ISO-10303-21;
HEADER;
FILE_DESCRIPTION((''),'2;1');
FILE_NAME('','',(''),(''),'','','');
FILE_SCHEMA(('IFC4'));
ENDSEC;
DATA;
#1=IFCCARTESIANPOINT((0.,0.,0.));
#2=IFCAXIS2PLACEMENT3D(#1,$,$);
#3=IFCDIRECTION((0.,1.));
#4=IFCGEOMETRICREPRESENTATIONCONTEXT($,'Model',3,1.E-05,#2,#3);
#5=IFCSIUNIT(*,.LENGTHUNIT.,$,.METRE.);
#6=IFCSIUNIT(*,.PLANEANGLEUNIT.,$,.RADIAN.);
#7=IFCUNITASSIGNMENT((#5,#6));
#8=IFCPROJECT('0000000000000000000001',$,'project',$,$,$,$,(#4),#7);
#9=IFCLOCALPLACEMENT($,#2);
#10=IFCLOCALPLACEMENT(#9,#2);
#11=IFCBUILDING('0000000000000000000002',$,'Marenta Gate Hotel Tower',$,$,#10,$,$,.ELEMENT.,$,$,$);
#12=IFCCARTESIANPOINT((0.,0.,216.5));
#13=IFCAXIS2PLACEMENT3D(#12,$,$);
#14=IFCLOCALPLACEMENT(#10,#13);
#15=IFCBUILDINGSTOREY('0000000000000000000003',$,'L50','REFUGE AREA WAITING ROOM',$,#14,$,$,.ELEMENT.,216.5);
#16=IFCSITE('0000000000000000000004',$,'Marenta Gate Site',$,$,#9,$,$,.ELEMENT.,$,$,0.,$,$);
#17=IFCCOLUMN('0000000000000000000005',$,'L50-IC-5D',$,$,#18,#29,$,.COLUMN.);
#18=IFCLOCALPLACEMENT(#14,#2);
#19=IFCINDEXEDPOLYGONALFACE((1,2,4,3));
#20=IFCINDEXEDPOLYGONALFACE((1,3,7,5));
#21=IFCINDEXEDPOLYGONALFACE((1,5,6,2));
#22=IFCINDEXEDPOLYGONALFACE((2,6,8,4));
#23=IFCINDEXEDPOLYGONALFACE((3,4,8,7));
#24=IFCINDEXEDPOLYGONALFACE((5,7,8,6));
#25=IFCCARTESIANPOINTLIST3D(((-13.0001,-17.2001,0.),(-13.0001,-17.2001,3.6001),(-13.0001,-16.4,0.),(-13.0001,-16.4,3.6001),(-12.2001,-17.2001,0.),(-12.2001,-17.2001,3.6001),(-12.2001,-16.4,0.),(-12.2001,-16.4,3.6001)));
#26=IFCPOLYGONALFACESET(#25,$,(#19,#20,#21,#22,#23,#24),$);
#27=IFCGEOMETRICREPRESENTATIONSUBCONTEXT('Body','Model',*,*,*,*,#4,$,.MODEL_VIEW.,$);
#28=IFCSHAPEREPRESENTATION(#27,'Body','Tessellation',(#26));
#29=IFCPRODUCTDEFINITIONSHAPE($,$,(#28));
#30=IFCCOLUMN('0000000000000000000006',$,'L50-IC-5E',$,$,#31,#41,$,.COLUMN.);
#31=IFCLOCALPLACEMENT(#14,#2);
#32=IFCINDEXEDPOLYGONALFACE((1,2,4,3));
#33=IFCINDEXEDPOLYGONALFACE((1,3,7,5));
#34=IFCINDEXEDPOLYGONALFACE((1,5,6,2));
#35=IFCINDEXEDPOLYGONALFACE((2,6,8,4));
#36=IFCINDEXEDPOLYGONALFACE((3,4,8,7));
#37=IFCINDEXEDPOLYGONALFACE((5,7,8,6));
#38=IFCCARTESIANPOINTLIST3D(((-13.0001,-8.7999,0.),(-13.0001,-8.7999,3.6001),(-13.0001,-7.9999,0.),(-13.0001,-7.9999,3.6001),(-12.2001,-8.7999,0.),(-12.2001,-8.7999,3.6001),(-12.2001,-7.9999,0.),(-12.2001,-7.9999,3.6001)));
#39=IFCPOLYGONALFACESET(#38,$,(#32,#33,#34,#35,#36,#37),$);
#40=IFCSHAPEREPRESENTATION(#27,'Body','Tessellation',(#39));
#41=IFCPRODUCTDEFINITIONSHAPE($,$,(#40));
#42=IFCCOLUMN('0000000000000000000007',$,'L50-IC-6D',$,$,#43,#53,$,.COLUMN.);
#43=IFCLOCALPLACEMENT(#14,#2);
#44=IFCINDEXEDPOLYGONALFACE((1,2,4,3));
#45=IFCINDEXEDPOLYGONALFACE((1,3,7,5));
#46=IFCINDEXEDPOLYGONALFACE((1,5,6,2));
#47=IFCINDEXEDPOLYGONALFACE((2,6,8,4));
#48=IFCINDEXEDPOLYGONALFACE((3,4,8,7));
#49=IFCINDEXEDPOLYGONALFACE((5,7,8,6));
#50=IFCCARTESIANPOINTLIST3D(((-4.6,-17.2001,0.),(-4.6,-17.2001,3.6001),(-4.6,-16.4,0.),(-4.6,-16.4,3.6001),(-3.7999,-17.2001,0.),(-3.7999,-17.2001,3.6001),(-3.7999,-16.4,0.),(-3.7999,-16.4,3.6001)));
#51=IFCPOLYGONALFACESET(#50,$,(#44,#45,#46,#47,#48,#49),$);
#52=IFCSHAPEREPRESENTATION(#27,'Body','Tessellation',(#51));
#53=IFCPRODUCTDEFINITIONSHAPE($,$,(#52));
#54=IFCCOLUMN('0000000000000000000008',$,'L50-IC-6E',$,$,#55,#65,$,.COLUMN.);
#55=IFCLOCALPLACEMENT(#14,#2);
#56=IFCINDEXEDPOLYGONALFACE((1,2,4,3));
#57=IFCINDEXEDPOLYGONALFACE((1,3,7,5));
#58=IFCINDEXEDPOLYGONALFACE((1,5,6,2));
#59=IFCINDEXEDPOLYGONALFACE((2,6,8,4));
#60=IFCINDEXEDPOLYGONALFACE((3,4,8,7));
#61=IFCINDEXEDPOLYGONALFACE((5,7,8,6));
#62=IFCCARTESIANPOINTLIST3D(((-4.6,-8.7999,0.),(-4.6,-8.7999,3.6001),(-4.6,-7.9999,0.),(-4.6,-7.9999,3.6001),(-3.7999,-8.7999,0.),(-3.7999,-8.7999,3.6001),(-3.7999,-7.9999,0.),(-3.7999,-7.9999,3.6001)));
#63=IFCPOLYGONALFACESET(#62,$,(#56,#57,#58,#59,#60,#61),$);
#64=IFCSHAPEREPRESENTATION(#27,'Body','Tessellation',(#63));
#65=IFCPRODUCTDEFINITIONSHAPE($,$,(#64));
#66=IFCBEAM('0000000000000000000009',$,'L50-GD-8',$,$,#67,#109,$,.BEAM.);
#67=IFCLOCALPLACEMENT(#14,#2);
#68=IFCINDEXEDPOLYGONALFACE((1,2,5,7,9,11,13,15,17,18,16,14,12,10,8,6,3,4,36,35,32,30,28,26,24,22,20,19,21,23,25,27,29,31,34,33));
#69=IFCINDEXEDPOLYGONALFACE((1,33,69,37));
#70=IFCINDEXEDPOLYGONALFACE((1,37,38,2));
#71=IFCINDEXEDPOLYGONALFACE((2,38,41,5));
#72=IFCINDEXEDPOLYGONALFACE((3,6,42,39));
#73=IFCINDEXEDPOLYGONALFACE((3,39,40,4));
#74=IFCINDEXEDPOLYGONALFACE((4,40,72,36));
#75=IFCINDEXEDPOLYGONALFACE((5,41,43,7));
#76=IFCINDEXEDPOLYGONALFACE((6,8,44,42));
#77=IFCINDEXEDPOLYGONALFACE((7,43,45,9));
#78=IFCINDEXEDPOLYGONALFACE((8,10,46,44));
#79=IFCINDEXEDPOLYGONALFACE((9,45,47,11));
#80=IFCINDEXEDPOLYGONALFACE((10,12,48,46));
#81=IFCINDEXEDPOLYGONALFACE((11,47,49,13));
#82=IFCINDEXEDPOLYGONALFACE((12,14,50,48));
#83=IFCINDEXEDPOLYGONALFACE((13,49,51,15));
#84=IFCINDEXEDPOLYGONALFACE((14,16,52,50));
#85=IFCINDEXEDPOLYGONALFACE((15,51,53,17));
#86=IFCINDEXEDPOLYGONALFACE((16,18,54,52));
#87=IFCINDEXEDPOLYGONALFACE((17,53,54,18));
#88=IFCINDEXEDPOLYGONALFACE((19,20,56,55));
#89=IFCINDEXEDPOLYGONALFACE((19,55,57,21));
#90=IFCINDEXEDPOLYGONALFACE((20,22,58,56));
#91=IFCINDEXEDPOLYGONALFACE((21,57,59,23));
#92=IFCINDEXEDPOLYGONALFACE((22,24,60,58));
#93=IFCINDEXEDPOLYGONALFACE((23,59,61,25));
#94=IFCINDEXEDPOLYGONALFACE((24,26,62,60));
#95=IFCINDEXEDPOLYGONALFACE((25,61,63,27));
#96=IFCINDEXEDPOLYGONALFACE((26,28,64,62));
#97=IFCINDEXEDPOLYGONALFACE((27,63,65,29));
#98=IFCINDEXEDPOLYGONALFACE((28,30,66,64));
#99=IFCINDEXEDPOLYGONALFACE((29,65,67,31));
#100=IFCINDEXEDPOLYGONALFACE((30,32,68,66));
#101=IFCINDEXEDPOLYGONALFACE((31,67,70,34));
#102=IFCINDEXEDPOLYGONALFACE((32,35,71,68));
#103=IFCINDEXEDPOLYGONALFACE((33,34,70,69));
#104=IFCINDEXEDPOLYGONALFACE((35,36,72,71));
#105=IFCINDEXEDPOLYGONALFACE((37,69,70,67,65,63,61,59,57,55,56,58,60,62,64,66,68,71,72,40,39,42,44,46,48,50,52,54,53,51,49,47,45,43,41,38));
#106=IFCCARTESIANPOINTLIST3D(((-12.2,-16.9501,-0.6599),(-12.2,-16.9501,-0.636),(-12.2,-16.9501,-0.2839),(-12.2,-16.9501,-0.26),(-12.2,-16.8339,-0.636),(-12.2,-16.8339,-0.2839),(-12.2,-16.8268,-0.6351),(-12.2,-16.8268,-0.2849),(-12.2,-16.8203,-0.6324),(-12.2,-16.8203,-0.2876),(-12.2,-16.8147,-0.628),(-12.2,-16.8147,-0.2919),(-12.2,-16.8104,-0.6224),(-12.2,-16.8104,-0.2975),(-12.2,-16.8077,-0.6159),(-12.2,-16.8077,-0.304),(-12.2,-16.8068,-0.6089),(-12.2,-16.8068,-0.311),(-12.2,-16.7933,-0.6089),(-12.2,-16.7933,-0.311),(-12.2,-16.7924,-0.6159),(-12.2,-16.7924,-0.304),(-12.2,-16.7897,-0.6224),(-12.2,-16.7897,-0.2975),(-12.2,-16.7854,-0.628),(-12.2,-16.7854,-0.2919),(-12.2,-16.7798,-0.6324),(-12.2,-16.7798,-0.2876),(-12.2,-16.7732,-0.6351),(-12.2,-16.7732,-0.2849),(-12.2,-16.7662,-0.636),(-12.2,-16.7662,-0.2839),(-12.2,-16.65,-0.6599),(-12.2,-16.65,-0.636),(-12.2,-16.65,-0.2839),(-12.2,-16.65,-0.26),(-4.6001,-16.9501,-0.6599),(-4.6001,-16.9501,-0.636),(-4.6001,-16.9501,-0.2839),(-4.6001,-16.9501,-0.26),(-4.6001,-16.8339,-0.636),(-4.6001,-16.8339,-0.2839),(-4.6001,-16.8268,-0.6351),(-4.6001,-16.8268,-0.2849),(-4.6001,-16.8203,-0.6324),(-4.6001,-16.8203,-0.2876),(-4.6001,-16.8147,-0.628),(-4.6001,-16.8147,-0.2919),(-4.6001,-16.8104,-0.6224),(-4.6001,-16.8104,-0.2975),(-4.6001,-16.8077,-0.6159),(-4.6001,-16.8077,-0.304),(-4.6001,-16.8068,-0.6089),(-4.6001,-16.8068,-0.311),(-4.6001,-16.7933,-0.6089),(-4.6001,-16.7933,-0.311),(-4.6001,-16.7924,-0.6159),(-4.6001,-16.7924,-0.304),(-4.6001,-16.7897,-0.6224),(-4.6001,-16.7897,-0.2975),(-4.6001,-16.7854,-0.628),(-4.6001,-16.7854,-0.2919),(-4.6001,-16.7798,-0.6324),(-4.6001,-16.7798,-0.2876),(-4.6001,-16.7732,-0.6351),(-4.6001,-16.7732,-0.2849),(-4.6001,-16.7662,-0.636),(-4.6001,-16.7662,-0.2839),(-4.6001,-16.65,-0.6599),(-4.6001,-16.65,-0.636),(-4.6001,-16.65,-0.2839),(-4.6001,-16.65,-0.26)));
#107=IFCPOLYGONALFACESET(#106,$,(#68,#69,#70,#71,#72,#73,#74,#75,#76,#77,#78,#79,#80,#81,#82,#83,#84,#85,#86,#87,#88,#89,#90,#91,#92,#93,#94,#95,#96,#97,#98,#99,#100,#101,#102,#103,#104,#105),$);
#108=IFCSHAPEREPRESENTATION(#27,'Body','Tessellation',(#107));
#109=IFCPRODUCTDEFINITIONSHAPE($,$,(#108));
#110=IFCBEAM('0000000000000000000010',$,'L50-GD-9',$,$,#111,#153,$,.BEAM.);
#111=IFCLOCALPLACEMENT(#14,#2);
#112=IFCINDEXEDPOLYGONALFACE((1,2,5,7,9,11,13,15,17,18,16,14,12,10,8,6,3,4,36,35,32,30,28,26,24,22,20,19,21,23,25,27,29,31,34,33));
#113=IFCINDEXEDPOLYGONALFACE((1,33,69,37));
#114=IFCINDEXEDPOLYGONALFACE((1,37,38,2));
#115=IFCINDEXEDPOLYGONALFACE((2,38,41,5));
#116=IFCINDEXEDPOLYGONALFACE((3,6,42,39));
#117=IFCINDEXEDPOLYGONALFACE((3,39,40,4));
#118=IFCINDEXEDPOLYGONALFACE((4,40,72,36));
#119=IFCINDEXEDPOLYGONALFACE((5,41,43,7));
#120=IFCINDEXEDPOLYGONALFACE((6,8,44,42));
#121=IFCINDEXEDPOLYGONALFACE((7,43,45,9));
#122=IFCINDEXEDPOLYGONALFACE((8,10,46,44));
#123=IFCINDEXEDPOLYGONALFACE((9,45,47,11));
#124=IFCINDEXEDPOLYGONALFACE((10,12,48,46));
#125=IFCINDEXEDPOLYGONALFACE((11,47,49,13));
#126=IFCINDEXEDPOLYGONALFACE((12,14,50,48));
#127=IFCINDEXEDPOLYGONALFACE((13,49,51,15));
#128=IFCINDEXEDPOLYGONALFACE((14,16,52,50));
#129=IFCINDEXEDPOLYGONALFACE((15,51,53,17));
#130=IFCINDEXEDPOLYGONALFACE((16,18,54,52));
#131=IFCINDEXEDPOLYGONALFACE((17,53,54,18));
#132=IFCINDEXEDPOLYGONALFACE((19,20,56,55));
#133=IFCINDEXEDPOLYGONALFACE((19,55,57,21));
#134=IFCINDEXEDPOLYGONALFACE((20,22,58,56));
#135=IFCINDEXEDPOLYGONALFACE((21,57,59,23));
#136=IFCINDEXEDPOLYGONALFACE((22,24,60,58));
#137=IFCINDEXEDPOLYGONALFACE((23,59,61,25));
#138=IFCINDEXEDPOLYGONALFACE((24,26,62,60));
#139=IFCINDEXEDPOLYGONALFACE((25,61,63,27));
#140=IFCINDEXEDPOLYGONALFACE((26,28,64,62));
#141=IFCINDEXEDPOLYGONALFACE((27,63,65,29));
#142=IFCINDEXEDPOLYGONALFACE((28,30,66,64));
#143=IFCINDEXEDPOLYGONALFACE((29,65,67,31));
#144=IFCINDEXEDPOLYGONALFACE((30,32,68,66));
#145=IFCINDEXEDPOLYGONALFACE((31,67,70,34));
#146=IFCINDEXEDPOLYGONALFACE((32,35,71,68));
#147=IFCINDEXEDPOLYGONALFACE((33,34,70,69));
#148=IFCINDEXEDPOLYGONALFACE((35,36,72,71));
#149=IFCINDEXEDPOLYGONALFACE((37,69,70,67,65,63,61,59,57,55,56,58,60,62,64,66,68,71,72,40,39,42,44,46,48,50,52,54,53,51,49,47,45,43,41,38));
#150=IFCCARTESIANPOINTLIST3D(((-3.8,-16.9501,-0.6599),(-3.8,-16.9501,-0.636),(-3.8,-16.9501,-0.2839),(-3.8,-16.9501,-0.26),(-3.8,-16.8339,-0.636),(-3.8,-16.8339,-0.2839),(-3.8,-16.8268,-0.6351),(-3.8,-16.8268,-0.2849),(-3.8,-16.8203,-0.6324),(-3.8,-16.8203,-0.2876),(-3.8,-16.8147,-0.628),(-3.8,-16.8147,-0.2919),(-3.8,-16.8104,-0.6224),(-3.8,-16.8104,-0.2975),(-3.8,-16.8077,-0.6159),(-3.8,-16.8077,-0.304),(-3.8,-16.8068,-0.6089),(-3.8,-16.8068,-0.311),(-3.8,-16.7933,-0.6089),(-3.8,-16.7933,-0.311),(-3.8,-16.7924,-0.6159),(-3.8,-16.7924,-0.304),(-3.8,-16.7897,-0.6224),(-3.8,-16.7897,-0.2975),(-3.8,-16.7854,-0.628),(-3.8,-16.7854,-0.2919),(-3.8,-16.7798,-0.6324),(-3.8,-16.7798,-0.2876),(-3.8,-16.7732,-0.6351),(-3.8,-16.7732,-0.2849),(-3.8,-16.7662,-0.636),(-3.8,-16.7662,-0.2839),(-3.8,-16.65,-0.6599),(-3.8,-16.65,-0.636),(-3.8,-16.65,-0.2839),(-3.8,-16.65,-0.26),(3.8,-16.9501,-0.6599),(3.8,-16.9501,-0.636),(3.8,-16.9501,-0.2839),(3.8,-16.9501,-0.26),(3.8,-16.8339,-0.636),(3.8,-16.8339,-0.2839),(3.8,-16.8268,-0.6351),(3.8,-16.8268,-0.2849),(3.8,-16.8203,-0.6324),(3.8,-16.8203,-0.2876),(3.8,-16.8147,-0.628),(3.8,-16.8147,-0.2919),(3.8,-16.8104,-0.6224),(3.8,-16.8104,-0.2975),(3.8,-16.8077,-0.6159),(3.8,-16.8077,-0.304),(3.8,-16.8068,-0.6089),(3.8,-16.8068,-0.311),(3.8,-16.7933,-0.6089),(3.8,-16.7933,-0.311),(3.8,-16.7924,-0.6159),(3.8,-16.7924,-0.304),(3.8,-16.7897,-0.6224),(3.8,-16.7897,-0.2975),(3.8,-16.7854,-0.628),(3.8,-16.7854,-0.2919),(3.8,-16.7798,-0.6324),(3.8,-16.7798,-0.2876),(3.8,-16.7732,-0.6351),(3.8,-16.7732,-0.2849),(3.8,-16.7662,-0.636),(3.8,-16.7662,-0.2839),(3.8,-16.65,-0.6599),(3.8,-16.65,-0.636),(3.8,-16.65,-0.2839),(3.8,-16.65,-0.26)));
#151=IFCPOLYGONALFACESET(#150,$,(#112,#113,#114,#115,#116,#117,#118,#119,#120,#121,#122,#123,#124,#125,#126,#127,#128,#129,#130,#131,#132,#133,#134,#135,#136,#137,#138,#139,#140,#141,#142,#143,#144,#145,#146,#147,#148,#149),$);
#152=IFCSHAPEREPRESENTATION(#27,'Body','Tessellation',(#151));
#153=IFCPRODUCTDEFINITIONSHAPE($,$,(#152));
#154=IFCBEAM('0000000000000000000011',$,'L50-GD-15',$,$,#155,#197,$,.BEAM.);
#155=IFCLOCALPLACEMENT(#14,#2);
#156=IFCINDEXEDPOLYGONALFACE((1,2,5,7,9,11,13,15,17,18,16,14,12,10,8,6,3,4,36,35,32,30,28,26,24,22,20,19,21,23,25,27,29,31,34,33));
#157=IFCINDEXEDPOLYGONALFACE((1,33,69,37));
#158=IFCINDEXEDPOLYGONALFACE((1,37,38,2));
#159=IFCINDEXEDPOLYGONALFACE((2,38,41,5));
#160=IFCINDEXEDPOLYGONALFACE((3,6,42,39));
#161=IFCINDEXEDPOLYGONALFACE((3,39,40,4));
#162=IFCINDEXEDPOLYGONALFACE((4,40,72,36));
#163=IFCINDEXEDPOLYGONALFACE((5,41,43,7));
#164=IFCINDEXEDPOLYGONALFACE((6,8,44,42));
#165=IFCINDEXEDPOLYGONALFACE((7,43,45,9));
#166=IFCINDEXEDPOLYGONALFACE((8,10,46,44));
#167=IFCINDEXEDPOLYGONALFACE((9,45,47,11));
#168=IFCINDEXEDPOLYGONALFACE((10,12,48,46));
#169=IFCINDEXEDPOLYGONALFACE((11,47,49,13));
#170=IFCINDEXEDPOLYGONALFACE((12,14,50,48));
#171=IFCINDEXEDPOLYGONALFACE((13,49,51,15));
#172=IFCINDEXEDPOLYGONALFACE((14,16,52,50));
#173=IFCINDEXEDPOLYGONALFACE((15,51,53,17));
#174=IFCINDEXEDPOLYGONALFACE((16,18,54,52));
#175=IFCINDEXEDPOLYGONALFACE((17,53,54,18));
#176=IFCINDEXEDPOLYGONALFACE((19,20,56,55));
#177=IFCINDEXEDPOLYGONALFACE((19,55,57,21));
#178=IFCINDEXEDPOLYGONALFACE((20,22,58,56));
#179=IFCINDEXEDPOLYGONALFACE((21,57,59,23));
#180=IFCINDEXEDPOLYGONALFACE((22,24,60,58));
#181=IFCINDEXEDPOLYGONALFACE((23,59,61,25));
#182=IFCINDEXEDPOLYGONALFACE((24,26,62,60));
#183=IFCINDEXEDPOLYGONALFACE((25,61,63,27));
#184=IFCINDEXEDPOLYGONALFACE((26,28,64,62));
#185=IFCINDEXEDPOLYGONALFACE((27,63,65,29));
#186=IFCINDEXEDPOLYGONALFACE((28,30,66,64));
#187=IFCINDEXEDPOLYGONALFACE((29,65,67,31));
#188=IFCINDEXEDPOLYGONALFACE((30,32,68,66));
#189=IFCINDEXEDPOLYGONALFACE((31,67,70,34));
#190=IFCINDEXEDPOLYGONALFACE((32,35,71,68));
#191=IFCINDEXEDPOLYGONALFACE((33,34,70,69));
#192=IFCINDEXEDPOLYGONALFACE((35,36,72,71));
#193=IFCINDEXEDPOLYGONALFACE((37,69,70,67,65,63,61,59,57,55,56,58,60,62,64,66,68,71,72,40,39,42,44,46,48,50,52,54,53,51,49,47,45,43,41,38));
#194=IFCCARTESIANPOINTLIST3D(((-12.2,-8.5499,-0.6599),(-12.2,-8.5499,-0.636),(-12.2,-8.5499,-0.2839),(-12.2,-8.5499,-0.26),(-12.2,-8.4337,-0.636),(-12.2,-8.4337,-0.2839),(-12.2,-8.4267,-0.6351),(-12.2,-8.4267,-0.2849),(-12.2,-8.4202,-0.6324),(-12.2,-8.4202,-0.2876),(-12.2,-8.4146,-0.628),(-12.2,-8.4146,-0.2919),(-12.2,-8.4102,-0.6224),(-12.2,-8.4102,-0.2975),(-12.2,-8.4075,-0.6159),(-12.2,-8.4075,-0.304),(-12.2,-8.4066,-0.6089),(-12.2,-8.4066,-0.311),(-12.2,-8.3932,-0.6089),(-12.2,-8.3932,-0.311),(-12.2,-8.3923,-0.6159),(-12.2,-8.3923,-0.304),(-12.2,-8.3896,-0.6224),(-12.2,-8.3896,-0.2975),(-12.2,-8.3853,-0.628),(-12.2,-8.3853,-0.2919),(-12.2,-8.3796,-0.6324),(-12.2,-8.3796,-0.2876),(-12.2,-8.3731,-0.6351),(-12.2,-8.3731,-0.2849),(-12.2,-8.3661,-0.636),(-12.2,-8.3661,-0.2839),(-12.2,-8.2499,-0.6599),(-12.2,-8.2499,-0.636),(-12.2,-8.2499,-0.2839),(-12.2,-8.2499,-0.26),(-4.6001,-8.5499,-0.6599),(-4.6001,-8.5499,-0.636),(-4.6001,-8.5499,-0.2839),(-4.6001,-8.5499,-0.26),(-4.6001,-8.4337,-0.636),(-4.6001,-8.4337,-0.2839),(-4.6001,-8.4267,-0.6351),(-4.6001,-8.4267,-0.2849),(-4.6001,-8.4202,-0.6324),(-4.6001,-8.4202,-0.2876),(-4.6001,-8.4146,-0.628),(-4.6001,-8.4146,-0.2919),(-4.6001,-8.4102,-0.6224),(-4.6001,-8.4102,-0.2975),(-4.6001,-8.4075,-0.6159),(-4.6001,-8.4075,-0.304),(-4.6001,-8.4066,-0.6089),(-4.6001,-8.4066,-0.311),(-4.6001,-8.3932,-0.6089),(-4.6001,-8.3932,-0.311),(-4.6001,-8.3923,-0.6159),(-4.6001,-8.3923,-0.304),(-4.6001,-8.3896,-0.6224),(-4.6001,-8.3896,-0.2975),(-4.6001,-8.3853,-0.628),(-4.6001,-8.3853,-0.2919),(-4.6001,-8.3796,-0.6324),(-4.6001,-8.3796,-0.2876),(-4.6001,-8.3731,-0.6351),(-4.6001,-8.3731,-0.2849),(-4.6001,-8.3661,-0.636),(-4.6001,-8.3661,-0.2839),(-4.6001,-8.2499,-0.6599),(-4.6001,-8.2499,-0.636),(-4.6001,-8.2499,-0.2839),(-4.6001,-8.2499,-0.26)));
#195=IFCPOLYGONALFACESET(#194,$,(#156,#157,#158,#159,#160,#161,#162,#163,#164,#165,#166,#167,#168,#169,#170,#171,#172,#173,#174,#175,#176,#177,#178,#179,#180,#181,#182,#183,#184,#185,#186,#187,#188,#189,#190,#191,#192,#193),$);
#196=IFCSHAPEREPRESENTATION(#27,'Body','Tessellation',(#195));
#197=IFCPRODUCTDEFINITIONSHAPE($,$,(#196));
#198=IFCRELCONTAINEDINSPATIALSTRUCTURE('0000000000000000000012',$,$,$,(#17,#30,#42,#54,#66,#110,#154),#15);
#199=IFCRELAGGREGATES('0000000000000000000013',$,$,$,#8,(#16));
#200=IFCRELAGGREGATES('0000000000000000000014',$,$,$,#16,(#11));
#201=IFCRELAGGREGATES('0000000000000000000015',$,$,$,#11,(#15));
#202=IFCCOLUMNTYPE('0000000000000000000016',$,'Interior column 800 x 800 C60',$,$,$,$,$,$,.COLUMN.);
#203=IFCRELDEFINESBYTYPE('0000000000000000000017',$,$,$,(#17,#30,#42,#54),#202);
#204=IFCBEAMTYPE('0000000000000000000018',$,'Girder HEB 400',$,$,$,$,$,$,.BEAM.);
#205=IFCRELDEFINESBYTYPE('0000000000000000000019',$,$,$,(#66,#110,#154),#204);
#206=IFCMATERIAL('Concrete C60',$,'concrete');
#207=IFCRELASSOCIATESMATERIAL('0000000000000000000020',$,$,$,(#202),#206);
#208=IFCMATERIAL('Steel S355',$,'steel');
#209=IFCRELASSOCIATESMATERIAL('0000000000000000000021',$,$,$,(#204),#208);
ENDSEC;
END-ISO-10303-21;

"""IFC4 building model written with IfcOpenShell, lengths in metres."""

from ifc_helpers import new_model, si_unit, direction, frame, origin, origin_2d, place, context, subcontext, project, spatial, rectangle, i_section, extrude, material, material_profile, profile_set, type_object, element, save


model = new_model("IFC4")

# Units and contexts
model_context = context("Model", 3, precision=1e-05, world=origin(), true_north=direction((0.0, 1.0)))
body_context = subcontext(model_context, "Body", "Model", "MODEL_VIEW")
ifc_project = project(units=[si_unit("LENGTHUNIT", "METRE"), si_unit("PLANEANGLEUNIT", "RADIAN")], contexts=[model_context])

# Site, building, storey
site_placement = place(None, origin())
site = spatial("IfcSite", under=ifc_project, at=site_placement, Name="Marenta Gate Site", CompositionType="ELEMENT", RefElevation=0.0)
building_placement = place(site_placement, origin())
building = spatial("IfcBuilding", under=site, at=building_placement, Name="Marenta Gate Hotel Tower", CompositionType="ELEMENT")
storey_placement = place(building_placement, frame((0.0, 0.0, 216.5)))
storey = spatial("IfcBuildingStorey", under=building, at=storey_placement, Name="L50", Description="REFUGE AREA WAITING ROOM", CompositionType="ELEMENT", Elevation=216.5)

# Columns
ifc_material_1 = material(Name="Concrete C60", Category="concrete")
ifc_material_profile_1 = material_profile(ifc_material_1, rectangle(XDim=0.8, YDim=0.8, at=origin_2d()), Name="800 x 800")
ifc_profile_set_1 = profile_set([ifc_material_profile_1], Name="Concrete C60")
column_type = type_object("IfcColumnType", Name="Interior column 800 x 800 C60", PredefinedType="COLUMN", material=ifc_profile_set_1)
for number, where, z_axis, x_axis, name in (
    (1, (-12.6001, -16.8, 0.0), (0.0, 0.0, 1.0), (1.0, 0.0, 0.0), "L50-IC-5D"),
    (2, (-12.6001, -8.3999, 0.0), (0.0, 0.0, 1.0), (1.0, 0.0, 0.0), "L50-IC-5E"),
    (3, (-4.2, -16.8, 0.0), (0.0, 0.0, 1.0), (1.0, 0.0, 0.0), "L50-IC-6D"),
    (4, (-4.2, -8.3999, 0.0), (0.0, 0.0, 1.0), (1.0, 0.0, 0.0), "L50-IC-6E"),
):
    element("IfcColumn", number, at=place(storey_placement, frame(where, z_axis=z_axis, x_axis=x_axis)), inside=storey, type_object=column_type, Name=name, PredefinedType="COLUMN", context=body_context, shape_type="SweptSolid", body=[
        extrude(rectangle(XDim=0.8, YDim=0.8, at=origin_2d()), origin(), (0.0, 0.0, 1.0), 3.6001),
    ])

# Beams
ifc_material_2 = material(Name="Steel S355", Category="steel")
ifc_material_profile_2 = material_profile(ifc_material_2, i_section(OverallWidth=0.3, OverallDepth=0.3999, WebThickness=0.0134, FlangeThickness=0.0239, FilletRadius=0.0271, at=origin_2d()), Name="HEB 400")
ifc_profile_set_2 = profile_set([ifc_material_profile_2], Name="Steel S355")
beam_type = type_object("IfcBeamType", Name="Girder HEB 400", PredefinedType="BEAM", material=ifc_profile_set_2)
beam_1_placement = place(storey_placement, frame((-12.2, -16.8, -0.46), z_axis=(1.0, 0.0, 0.0), x_axis=(0.0, 1.0, 0.0)))
element("IfcBeam", 5, at=beam_1_placement, inside=storey, type_object=beam_type, Name="L50-GD-8", PredefinedType="BEAM", context=body_context, shape_type="SweptSolid", body=[
    extrude(i_section(OverallWidth=0.3, OverallDepth=0.3999, WebThickness=0.0134, FlangeThickness=0.0239, FilletRadius=0.0271, at=origin_2d()), origin(), (0.0, 0.0, 1.0), 7.5999),
])
beam_2_placement = place(storey_placement, frame((-3.8, -16.8, -0.46), z_axis=(1.0, 0.0, 0.0), x_axis=(0.0, 1.0, 0.0)))
element("IfcBeam", 6, at=beam_2_placement, inside=storey, type_object=beam_type, Name="L50-GD-9", PredefinedType="BEAM", context=body_context, shape_type="SweptSolid", body=[
    extrude(i_section(OverallWidth=0.3, OverallDepth=0.3999, WebThickness=0.0134, FlangeThickness=0.0239, FilletRadius=0.0271, at=origin_2d()), origin(), (0.0, 0.0, 1.0), 7.6001),
])
beam_3_placement = place(storey_placement, frame((-12.2, -8.3999, -0.46), z_axis=(1.0, 0.0, 0.0), x_axis=(0.0, 1.0, 0.0)))
element("IfcBeam", 7, at=beam_3_placement, inside=storey, type_object=beam_type, Name="L50-GD-15", PredefinedType="BEAM", context=body_context, shape_type="SweptSolid", body=[
    extrude(i_section(OverallWidth=0.3, OverallDepth=0.3999, WebThickness=0.0134, FlangeThickness=0.0239, FilletRadius=0.0271, at=origin_2d()), origin(), (0.0, 0.0, 1.0), 7.5999),
])

save(model, "model.ifc")
